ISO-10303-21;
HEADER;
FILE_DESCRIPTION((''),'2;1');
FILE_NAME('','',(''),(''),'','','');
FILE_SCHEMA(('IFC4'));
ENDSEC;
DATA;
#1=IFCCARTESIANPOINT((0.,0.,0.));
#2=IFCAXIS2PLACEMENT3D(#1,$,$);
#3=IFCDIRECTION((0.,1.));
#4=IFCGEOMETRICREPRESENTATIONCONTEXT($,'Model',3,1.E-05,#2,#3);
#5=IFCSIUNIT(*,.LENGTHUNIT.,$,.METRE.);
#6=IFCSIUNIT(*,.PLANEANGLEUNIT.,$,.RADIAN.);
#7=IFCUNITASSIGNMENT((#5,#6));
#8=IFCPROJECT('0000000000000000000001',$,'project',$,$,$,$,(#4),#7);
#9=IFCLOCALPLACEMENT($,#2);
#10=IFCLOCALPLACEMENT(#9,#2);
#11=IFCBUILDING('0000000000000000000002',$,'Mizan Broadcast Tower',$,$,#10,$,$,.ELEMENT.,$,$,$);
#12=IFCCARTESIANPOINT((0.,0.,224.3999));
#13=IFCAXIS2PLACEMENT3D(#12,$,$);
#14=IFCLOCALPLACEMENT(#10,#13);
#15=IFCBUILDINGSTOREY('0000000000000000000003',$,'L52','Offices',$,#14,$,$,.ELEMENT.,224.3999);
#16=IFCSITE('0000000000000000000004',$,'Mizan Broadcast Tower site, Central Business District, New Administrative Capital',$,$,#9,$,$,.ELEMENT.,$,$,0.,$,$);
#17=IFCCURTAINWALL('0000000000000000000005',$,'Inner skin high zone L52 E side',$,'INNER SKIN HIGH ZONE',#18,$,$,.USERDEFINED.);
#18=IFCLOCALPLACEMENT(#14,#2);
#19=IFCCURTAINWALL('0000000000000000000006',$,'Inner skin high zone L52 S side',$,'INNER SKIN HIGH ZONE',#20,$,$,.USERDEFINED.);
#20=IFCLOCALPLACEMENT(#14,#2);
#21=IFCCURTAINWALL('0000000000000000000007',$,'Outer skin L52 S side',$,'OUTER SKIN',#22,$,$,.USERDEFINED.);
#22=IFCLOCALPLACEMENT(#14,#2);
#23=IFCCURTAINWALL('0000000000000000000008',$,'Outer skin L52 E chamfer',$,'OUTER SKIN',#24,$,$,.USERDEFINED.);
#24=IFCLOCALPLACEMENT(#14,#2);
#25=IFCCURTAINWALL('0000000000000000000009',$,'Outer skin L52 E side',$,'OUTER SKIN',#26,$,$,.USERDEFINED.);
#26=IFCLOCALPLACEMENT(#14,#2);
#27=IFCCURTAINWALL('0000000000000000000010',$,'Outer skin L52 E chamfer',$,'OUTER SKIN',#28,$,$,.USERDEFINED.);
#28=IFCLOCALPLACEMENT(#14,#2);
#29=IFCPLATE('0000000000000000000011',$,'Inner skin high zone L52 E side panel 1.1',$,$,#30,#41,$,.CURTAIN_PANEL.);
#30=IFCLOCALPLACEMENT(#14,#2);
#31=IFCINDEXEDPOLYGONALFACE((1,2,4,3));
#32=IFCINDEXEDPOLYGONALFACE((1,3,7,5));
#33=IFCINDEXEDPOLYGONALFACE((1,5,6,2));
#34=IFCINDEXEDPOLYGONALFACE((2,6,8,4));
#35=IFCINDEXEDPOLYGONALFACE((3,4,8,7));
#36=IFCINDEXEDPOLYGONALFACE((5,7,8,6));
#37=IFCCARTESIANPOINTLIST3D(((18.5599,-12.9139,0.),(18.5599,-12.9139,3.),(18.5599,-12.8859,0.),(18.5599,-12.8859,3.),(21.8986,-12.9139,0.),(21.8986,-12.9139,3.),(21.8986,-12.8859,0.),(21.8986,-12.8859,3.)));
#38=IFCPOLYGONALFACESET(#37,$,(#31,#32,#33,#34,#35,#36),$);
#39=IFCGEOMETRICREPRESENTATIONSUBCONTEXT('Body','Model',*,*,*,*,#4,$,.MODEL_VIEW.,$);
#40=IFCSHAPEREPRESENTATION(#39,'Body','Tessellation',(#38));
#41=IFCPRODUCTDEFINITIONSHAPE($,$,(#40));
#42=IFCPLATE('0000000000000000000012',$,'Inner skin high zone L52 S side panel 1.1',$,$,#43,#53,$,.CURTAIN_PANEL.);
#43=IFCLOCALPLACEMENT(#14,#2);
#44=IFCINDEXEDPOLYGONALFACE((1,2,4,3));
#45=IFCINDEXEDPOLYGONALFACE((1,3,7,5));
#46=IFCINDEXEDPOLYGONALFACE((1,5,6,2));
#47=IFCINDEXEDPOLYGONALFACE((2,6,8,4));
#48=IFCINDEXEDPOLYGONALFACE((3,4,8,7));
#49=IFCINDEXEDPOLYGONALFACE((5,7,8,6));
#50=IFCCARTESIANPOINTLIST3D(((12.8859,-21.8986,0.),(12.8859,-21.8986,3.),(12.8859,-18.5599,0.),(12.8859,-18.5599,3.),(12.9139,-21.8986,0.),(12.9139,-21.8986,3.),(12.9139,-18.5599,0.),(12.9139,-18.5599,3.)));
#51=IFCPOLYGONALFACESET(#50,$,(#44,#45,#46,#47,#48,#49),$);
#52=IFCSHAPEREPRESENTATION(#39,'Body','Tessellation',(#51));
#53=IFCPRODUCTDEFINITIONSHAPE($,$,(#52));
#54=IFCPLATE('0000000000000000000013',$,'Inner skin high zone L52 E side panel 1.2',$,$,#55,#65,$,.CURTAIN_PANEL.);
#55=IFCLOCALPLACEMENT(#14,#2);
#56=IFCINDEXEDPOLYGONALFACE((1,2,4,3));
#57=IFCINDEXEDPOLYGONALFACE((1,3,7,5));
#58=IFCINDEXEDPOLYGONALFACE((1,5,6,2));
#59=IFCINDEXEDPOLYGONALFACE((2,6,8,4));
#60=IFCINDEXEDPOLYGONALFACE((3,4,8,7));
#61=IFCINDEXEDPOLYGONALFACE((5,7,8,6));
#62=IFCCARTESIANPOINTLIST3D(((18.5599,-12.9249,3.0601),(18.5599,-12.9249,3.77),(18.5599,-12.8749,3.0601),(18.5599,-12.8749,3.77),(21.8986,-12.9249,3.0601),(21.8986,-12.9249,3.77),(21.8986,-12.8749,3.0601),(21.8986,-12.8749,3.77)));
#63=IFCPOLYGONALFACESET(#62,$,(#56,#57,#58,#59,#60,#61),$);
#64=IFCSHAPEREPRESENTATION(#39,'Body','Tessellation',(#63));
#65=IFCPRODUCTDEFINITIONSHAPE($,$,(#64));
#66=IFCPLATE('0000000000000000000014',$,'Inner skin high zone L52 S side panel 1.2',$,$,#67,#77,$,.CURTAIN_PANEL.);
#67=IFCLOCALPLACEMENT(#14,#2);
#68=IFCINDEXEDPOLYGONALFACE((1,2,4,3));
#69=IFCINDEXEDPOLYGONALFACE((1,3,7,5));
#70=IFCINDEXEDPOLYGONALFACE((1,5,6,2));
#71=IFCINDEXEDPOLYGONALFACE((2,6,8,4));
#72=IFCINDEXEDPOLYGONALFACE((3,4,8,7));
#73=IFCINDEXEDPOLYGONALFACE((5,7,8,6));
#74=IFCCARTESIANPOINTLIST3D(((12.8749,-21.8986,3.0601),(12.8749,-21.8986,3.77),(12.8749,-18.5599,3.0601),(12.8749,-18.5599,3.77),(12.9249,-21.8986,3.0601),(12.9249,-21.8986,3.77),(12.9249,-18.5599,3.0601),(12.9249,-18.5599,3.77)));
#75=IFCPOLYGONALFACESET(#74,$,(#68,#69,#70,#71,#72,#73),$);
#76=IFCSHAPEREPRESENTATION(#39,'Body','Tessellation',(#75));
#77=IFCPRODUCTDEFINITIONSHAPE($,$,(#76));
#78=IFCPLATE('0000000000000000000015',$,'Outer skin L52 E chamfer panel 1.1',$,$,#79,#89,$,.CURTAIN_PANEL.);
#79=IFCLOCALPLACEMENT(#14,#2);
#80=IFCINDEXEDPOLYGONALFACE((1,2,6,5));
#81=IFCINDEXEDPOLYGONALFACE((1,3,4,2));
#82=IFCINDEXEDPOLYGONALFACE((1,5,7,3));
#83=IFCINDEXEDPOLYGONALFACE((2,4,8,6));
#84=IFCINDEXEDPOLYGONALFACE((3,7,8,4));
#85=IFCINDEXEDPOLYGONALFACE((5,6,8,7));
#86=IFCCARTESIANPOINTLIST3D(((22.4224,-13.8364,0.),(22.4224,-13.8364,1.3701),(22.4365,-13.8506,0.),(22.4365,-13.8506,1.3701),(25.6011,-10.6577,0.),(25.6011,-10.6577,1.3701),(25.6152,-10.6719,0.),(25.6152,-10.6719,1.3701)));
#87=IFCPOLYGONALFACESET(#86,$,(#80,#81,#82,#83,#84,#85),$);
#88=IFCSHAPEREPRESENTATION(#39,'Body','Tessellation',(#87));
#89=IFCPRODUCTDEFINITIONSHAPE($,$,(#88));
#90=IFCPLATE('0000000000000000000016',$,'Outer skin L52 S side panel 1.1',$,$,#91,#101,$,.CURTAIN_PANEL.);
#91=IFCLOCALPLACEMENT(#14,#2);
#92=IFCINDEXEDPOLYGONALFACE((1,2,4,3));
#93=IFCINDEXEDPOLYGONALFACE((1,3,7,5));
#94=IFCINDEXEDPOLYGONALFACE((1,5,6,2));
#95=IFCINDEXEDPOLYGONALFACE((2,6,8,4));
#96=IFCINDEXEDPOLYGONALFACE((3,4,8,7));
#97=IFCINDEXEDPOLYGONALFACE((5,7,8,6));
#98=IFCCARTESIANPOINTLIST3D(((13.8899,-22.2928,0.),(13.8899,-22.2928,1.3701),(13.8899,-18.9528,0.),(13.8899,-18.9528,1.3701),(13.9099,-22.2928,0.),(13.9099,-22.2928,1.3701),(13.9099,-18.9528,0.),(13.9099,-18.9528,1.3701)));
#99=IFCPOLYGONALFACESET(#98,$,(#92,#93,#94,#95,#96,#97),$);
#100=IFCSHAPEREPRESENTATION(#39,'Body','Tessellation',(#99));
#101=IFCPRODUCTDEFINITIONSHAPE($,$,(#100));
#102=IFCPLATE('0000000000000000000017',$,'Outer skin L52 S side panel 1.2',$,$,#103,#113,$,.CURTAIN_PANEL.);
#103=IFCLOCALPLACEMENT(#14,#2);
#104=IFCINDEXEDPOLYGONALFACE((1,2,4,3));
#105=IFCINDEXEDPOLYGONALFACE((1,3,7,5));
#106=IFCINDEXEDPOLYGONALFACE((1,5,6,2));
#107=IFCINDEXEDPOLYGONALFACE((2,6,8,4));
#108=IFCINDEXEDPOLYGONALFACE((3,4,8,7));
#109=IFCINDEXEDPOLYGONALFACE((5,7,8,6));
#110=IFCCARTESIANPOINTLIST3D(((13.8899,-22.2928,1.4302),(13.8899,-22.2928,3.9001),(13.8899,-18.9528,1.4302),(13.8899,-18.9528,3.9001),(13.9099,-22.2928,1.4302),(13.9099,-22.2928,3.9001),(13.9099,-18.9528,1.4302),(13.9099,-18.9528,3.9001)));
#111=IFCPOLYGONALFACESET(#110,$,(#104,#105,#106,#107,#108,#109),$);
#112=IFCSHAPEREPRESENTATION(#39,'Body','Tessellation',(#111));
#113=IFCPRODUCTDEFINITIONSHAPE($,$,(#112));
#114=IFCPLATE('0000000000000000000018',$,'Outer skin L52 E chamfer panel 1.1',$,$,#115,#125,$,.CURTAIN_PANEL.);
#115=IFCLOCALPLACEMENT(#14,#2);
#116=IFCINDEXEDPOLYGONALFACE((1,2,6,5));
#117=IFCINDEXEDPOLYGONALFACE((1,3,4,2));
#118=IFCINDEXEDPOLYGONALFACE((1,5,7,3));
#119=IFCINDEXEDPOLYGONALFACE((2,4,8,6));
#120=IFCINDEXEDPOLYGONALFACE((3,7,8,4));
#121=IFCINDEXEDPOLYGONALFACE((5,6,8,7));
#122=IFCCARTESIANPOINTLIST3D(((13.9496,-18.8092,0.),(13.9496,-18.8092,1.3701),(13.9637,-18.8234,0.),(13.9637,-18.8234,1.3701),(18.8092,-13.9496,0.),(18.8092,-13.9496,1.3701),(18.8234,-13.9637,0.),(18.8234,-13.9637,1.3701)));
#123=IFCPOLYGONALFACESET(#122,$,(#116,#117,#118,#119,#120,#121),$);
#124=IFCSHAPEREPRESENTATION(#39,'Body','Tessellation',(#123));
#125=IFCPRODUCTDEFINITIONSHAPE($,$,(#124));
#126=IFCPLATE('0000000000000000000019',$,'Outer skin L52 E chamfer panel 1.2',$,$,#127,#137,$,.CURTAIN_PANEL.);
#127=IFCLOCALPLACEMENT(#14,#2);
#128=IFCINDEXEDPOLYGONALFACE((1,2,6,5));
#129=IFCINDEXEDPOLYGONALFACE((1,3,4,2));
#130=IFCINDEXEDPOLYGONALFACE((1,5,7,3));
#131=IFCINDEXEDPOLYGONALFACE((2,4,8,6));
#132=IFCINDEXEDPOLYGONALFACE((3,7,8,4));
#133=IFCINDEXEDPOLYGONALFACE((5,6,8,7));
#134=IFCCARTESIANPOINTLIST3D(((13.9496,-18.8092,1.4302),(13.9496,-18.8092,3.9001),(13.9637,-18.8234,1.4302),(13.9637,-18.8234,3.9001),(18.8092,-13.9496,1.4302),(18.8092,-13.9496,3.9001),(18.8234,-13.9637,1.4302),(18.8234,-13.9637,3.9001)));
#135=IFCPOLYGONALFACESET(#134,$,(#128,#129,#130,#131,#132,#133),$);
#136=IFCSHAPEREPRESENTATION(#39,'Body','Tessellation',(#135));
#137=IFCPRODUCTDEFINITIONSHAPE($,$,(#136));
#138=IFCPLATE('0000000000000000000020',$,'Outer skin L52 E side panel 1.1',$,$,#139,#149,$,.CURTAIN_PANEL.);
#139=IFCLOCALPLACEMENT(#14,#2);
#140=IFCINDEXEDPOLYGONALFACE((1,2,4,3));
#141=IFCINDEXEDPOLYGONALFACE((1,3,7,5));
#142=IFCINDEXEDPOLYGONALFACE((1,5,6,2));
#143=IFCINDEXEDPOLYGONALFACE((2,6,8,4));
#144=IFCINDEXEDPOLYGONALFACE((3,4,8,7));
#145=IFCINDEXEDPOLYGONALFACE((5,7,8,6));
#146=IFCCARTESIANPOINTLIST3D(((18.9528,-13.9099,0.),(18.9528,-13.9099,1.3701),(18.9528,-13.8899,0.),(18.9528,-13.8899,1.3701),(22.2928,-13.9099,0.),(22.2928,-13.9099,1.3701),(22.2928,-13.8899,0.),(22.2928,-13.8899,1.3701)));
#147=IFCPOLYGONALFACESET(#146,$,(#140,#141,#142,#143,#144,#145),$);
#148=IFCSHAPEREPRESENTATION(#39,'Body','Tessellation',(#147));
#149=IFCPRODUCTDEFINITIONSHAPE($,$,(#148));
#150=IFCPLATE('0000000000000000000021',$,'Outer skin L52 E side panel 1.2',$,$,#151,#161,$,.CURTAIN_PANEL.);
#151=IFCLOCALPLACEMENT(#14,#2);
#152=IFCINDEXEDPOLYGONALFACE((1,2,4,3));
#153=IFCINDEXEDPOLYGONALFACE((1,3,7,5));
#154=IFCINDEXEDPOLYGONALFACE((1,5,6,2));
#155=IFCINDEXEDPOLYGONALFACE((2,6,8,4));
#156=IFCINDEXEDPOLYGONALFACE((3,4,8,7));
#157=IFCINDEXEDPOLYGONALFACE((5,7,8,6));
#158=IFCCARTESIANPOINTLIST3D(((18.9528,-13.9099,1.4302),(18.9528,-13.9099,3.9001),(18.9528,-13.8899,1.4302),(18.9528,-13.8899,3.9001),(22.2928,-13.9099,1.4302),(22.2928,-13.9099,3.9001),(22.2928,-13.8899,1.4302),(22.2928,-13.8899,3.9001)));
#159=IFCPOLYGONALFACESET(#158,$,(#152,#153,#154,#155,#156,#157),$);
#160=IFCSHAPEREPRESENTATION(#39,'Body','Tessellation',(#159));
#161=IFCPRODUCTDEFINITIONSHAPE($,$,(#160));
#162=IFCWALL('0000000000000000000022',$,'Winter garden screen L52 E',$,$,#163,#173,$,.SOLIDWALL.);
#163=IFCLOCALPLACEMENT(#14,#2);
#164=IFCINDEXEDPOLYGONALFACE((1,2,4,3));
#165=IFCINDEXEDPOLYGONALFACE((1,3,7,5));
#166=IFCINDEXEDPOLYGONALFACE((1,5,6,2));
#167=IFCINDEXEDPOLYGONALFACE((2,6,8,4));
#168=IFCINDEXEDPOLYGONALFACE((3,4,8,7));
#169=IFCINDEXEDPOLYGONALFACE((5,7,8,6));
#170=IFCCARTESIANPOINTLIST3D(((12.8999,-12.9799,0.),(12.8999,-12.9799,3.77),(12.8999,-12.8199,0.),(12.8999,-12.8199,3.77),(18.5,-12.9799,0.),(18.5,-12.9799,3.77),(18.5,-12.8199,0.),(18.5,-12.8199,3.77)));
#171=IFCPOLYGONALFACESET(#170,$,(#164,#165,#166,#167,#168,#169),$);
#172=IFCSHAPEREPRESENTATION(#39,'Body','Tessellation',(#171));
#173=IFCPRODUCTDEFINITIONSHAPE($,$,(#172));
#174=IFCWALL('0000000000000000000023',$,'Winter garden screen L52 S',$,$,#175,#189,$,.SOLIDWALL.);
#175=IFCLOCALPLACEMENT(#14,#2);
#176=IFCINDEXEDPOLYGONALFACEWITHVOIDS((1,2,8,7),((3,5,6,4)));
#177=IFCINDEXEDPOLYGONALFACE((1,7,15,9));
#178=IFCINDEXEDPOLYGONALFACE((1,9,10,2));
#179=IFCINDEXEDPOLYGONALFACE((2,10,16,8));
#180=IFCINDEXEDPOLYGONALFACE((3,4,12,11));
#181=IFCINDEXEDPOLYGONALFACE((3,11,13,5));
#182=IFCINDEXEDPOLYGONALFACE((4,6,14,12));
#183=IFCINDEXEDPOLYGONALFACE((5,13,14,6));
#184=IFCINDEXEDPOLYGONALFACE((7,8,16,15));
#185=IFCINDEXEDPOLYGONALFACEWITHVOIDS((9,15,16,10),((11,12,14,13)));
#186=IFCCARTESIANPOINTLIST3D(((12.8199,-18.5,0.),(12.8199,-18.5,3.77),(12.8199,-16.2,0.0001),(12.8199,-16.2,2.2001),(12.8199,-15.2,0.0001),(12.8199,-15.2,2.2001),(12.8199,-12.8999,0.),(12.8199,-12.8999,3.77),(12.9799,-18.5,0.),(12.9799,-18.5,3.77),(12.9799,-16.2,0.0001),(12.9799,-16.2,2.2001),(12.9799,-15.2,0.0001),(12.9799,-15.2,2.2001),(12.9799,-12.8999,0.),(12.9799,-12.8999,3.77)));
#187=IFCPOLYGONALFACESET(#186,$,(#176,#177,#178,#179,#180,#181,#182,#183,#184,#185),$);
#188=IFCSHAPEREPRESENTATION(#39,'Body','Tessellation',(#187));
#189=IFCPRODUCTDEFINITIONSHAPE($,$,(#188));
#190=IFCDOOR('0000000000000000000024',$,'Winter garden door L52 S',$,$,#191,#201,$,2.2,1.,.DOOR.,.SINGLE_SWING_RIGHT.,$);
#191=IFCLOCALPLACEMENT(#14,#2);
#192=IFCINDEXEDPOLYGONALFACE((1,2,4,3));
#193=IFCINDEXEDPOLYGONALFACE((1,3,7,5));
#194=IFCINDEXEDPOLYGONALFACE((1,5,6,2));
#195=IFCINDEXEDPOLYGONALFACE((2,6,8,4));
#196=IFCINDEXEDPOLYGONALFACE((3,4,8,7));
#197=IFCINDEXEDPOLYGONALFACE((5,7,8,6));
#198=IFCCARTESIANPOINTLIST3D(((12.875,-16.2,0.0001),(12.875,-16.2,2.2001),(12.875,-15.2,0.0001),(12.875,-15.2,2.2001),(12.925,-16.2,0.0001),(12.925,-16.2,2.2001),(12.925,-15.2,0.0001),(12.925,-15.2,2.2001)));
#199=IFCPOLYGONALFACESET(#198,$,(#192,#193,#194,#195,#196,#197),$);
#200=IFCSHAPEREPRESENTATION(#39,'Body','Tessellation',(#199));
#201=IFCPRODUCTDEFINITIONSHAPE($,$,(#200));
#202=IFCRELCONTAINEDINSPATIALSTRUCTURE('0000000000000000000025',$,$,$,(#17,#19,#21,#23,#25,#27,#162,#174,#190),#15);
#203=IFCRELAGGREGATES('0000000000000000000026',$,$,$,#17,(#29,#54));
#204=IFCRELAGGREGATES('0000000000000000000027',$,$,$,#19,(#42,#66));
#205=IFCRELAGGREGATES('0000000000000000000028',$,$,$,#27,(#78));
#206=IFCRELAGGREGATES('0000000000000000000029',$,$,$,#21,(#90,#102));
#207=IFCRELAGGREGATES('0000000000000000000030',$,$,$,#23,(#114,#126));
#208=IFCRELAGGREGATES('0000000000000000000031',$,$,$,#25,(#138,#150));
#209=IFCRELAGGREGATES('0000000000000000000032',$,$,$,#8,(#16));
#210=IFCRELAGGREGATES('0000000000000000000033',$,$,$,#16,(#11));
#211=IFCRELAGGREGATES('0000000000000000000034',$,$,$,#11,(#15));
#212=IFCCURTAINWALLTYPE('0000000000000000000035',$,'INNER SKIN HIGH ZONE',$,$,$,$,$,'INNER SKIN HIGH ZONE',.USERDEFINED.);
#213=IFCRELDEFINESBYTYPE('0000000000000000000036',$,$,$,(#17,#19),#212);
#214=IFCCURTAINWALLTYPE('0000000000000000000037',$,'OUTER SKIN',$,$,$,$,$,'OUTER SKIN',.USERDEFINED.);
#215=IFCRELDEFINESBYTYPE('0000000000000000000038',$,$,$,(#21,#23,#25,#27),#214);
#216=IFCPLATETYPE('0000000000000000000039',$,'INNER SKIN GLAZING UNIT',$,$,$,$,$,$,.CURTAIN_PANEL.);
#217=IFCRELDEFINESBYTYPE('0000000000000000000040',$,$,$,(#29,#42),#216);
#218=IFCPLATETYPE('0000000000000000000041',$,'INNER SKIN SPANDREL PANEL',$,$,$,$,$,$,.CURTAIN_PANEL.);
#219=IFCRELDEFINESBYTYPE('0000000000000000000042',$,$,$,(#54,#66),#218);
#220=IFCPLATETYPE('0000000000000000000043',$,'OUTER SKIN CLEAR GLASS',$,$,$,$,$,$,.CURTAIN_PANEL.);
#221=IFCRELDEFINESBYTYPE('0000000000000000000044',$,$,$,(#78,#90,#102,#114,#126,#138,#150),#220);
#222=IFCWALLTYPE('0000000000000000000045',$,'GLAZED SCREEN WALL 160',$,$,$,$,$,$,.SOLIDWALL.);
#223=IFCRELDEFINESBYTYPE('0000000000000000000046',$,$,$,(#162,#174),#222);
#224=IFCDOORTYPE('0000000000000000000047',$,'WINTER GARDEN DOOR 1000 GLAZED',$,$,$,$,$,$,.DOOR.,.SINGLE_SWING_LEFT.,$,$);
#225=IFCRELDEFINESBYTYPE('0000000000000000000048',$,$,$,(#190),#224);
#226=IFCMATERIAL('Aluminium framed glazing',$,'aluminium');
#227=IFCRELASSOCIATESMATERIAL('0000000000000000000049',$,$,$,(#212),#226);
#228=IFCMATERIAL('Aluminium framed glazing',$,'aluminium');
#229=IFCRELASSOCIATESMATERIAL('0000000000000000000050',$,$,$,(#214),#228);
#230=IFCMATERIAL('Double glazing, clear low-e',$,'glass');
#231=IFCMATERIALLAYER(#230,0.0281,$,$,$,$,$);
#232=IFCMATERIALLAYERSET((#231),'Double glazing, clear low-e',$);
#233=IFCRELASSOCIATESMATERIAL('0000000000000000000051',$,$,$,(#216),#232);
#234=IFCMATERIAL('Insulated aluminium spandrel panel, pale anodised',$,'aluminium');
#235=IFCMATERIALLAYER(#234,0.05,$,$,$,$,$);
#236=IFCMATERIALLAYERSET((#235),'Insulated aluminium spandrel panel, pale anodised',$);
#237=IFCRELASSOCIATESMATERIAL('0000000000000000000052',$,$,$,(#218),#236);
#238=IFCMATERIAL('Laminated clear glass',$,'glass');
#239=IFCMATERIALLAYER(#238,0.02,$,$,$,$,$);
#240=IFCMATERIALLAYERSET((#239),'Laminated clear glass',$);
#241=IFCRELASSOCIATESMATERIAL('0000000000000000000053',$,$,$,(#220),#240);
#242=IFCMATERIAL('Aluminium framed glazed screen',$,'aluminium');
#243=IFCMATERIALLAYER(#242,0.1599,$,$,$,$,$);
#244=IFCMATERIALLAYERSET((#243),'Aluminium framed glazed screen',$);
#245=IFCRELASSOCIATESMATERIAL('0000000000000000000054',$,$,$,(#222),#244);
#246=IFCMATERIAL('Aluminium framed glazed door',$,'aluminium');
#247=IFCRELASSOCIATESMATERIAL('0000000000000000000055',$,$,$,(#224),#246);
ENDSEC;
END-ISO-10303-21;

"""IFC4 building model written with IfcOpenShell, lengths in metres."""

from ifc_helpers import new_model, si_unit, direction, frame, frame_2d, origin, origin_2d, place, context, subcontext, project, spatial, rectangle, extrude, material, layer, layer_set, type_object, element, fill, aggregate, save


model = new_model("IFC4")

# Units and contexts
model_context = context("Model", 3, precision=1e-05, world=origin(), true_north=direction((0.0, 1.0)))
body_context = subcontext(model_context, "Body", "Model", "MODEL_VIEW")
ifc_project = project(units=[si_unit("LENGTHUNIT", "METRE"), si_unit("PLANEANGLEUNIT", "RADIAN")], contexts=[model_context])

# Site, building, storey
site_placement = place(None, origin())
site = spatial("IfcSite", under=ifc_project, at=site_placement, Name="Mizan Broadcast Tower site, Central Business District, New Administrative Capital", CompositionType="ELEMENT", RefElevation=0.0)
building_placement = place(site_placement, origin())
building = spatial("IfcBuilding", under=site, at=building_placement, Name="Mizan Broadcast Tower", CompositionType="ELEMENT")
storey_placement = place(building_placement, frame((0.0, 0.0, 224.3999)))
storey = spatial("IfcBuildingStorey", under=building, at=storey_placement, Name="L52", Description="Offices", CompositionType="ELEMENT", Elevation=224.3999)

# Curtain walls
ifc_material_1 = material(Name="Aluminium framed glazing", Category="aluminium")
curtain_wall_type_1 = type_object("IfcCurtainWallType", Name="INNER SKIN HIGH ZONE", ElementType="INNER SKIN HIGH ZONE", PredefinedType="USERDEFINED", material=ifc_material_1)
curtain_wall_1_placement = place(storey_placement, origin())
curtain_wall_1 = element("IfcCurtainWall", 1, at=curtain_wall_1_placement, inside=storey, type_object=curtain_wall_type_1, Name="Inner skin high zone L52 E side", ObjectType="INNER SKIN HIGH ZONE", PredefinedType="USERDEFINED")
curtain_wall_2_placement = place(storey_placement, origin())
curtain_wall_2 = element("IfcCurtainWall", 2, at=curtain_wall_2_placement, inside=storey, type_object=curtain_wall_type_1, Name="Inner skin high zone L52 S side", ObjectType="INNER SKIN HIGH ZONE", PredefinedType="USERDEFINED")

# Curtain walls
ifc_material_2 = material(Name="Aluminium framed glazing", Category="aluminium")
curtain_wall_type_2 = type_object("IfcCurtainWallType", Name="OUTER SKIN", ElementType="OUTER SKIN", PredefinedType="USERDEFINED", material=ifc_material_2)
curtain_wall_3_placement = place(storey_placement, origin())
curtain_wall_3 = element("IfcCurtainWall", 3, at=curtain_wall_3_placement, inside=storey, type_object=curtain_wall_type_2, Name="Outer skin L52 S side", ObjectType="OUTER SKIN", PredefinedType="USERDEFINED")
curtain_wall_4_placement = place(storey_placement, origin())
curtain_wall_4 = element("IfcCurtainWall", 4, at=curtain_wall_4_placement, inside=storey, type_object=curtain_wall_type_2, Name="Outer skin L52 E chamfer", ObjectType="OUTER SKIN", PredefinedType="USERDEFINED")
curtain_wall_5_placement = place(storey_placement, origin())
curtain_wall_5 = element("IfcCurtainWall", 5, at=curtain_wall_5_placement, inside=storey, type_object=curtain_wall_type_2, Name="Outer skin L52 E side", ObjectType="OUTER SKIN", PredefinedType="USERDEFINED")
curtain_wall_6_placement = place(storey_placement, origin())
curtain_wall_6 = element("IfcCurtainWall", 6, at=curtain_wall_6_placement, inside=storey, type_object=curtain_wall_type_2, Name="Outer skin L52 E chamfer", ObjectType="OUTER SKIN", PredefinedType="USERDEFINED")

# Plates
ifc_material_3 = material(Name="Double glazing, clear low-e", Category="glass")
ifc_layer_1 = layer(ifc_material_3, 0.0281)
ifc_layer_set_1 = layer_set([ifc_layer_1], Name="Double glazing, clear low-e")
plate_type_1 = type_object("IfcPlateType", Name="INNER SKIN GLAZING UNIT", PredefinedType="CURTAIN_PANEL", material=ifc_layer_set_1)
plate_1_placement = place(storey_placement, frame((20.2292, -12.8999, 0.0), z_axis=(0.0, 0.0, 1.0), x_axis=(1.0, 0.0, 0.0)))
plate_1 = element("IfcPlate", 7, at=plate_1_placement, type_object=plate_type_1, Name="Inner skin high zone L52 E side panel 1.1", PredefinedType="CURTAIN_PANEL", context=body_context, shape_type="SweptSolid", body=[
    extrude(rectangle(XDim=3.3386, YDim=0.0281, at=origin_2d()), origin(), (0.0, 0.0, 1.0), 3.0),
])
plate_2_placement = place(storey_placement, frame((12.8999, -20.2292, 0.0), z_axis=(0.0, 0.0, 1.0), x_axis=(0.0, 1.0, 0.0)))
plate_2 = element("IfcPlate", 8, at=plate_2_placement, type_object=plate_type_1, Name="Inner skin high zone L52 S side panel 1.1", PredefinedType="CURTAIN_PANEL", context=body_context, shape_type="SweptSolid", body=[
    extrude(rectangle(XDim=3.3386, YDim=0.0281, at=origin_2d()), origin(), (0.0, 0.0, 1.0), 3.0),
])
ifc_material_4 = material(Name="Insulated aluminium spandrel panel, pale anodised", Category="aluminium")
ifc_layer_2 = layer(ifc_material_4, 0.05)
ifc_layer_set_2 = layer_set([ifc_layer_2], Name="Insulated aluminium spandrel panel, pale anodised")
plate_type_2 = type_object("IfcPlateType", Name="INNER SKIN SPANDREL PANEL", PredefinedType="CURTAIN_PANEL", material=ifc_layer_set_2)
plate_3_placement = place(storey_placement, frame((20.2292, -12.8999, 3.0601), z_axis=(0.0, 0.0, 1.0), x_axis=(1.0, 0.0, 0.0)))
plate_3 = element("IfcPlate", 9, at=plate_3_placement, type_object=plate_type_2, Name="Inner skin high zone L52 E side panel 1.2", PredefinedType="CURTAIN_PANEL", context=body_context, shape_type="SweptSolid", body=[
    extrude(rectangle(XDim=3.3386, YDim=0.05, at=origin_2d()), origin(), (0.0, 0.0, 1.0), 0.71),
])
aggregate(curtain_wall_1, [plate_1, plate_3])
plate_4_placement = place(storey_placement, frame((12.8999, -20.2292, 3.0601), z_axis=(0.0, 0.0, 1.0), x_axis=(0.0, 1.0, 0.0)))
plate_4 = element("IfcPlate", 10, at=plate_4_placement, type_object=plate_type_2, Name="Inner skin high zone L52 S side panel 1.2", PredefinedType="CURTAIN_PANEL", context=body_context, shape_type="SweptSolid", body=[
    extrude(rectangle(XDim=3.3386, YDim=0.05, at=origin_2d()), origin(), (0.0, 0.0, 1.0), 0.71),
])
aggregate(curtain_wall_2, [plate_2, plate_4])
ifc_material_5 = material(Name="Laminated clear glass", Category="glass")
ifc_layer_3 = layer(ifc_material_5, 0.02)
ifc_layer_set_3 = layer_set([ifc_layer_3], Name="Laminated clear glass")
plate_type_3 = type_object("IfcPlateType", Name="OUTER SKIN CLEAR GLASS", PredefinedType="CURTAIN_PANEL", material=ifc_layer_set_3)
plate_5_placement = place(storey_placement, frame((24.0188, -12.2542, 0.0), z_axis=(0.0, 0.0, 1.0), x_axis=(0.707107, 0.707107, 0.0)))
plate_5 = element("IfcPlate", 11, at=plate_5_placement, type_object=plate_type_3, Name="Outer skin L52 E chamfer panel 1.1", PredefinedType="CURTAIN_PANEL", context=body_context, shape_type="SweptSolid", body=[
    extrude(rectangle(XDim=4.4954, YDim=0.02, at=origin_2d()), origin(), (0.0, 0.0, 1.0), 1.3701),
])
aggregate(curtain_wall_6, [plate_5])
plate_6_placement = place(storey_placement, frame((13.8999, -20.6228, 0.0), z_axis=(0.0, 0.0, 1.0), x_axis=(0.0, 1.0, 0.0)))
plate_6 = element("IfcPlate", 12, at=plate_6_placement, type_object=plate_type_3, Name="Outer skin L52 S side panel 1.1", PredefinedType="CURTAIN_PANEL", context=body_context, shape_type="SweptSolid", body=[
    extrude(rectangle(XDim=3.3401, YDim=0.02, at=origin_2d()), origin(), (0.0, 0.0, 1.0), 1.3701),
])
plate_7_placement = place(storey_placement, frame((13.8999, -20.6228, 1.4302), z_axis=(0.0, 0.0, 1.0), x_axis=(0.0, 1.0, 0.0)))
plate_7 = element("IfcPlate", 13, at=plate_7_placement, type_object=plate_type_3, Name="Outer skin L52 S side panel 1.2", PredefinedType="CURTAIN_PANEL", context=body_context, shape_type="SweptSolid", body=[
    extrude(rectangle(XDim=3.3401, YDim=0.02, at=origin_2d()), origin(), (0.0, 0.0, 1.0), 2.47),
])
aggregate(curtain_wall_3, [plate_6, plate_7])
plate_8_placement = place(storey_placement, frame((16.3865, -16.3865, 0.0), z_axis=(0.0, 0.0, 1.0), x_axis=(0.707107, 0.707107, 0.0)))
plate_8 = element("IfcPlate", 14, at=plate_8_placement, type_object=plate_type_3, Name="Outer skin L52 E chamfer panel 1.1", PredefinedType="CURTAIN_PANEL", context=body_context, shape_type="SweptSolid", body=[
    extrude(rectangle(XDim=6.8726, YDim=0.02, at=origin_2d()), origin(), (0.0, 0.0, 1.0), 1.3701),
])
plate_9_placement = place(storey_placement, frame((16.3865, -16.3865, 1.4302), z_axis=(0.0, 0.0, 1.0), x_axis=(0.707107, 0.707107, 0.0)))
plate_9 = element("IfcPlate", 15, at=plate_9_placement, type_object=plate_type_3, Name="Outer skin L52 E chamfer panel 1.2", PredefinedType="CURTAIN_PANEL", context=body_context, shape_type="SweptSolid", body=[
    extrude(rectangle(XDim=6.8726, YDim=0.02, at=origin_2d()), origin(), (0.0, 0.0, 1.0), 2.47),
])
aggregate(curtain_wall_4, [plate_8, plate_9])
plate_10_placement = place(storey_placement, frame((20.6228, -13.8999, 0.0), z_axis=(0.0, 0.0, 1.0), x_axis=(1.0, 0.0, 0.0)))
plate_10 = element("IfcPlate", 16, at=plate_10_placement, type_object=plate_type_3, Name="Outer skin L52 E side panel 1.1", PredefinedType="CURTAIN_PANEL", context=body_context, shape_type="SweptSolid", body=[
    extrude(rectangle(XDim=3.3401, YDim=0.02, at=origin_2d()), origin(), (0.0, 0.0, 1.0), 1.3701),
])
plate_11_placement = place(storey_placement, frame((20.6228, -13.8999, 1.4302), z_axis=(0.0, 0.0, 1.0), x_axis=(1.0, 0.0, 0.0)))
plate_11 = element("IfcPlate", 17, at=plate_11_placement, type_object=plate_type_3, Name="Outer skin L52 E side panel 1.2", PredefinedType="CURTAIN_PANEL", context=body_context, shape_type="SweptSolid", body=[
    extrude(rectangle(XDim=3.3401, YDim=0.02, at=origin_2d()), origin(), (0.0, 0.0, 1.0), 2.47),
])
aggregate(curtain_wall_5, [plate_10, plate_11])

# Wall
ifc_material_6 = material(Name="Aluminium framed glazed screen", Category="aluminium")
ifc_layer_4 = layer(ifc_material_6, 0.1599)
ifc_layer_set_4 = layer_set([ifc_layer_4], Name="Aluminium framed glazed screen")
wall_type = type_object("IfcWallType", Name="GLAZED SCREEN WALL 160", PredefinedType="SOLIDWALL", material=ifc_layer_set_4)
wall_1_placement = place(storey_placement, frame((12.8999, -12.8999, 0.0), z_axis=(0.0, 0.0, 1.0), x_axis=(1.0, 0.0, 0.0)))
element("IfcWall", 18, at=wall_1_placement, inside=storey, type_object=wall_type, Name="Winter garden screen L52 E", PredefinedType="SOLIDWALL", context=body_context, shape_type="SweptSolid", body=[
    extrude(rectangle(XDim=5.6001, YDim=0.1599, at=frame_2d((2.8, 0.0))), origin(), (0.0, 0.0, 1.0), 3.77),
])

# Wall, opening, door
wall_2_placement = place(storey_placement, frame((12.8999, -18.5, 0.0), z_axis=(0.0, 0.0, 1.0), x_axis=(0.0, 1.0, 0.0)))
wall_2 = element("IfcWall", 19, at=wall_2_placement, inside=storey, type_object=wall_type, Name="Winter garden screen L52 S", PredefinedType="SOLIDWALL", context=body_context, shape_type="SweptSolid", body=[
    extrude(rectangle(XDim=5.6001, YDim=0.1599, at=frame_2d((2.8, 0.0))), origin(), (0.0, 0.0, 1.0), 3.77),
])
opening_placement = place(wall_2_placement, frame((2.3, 0.0, 0.0)))
opening = element("IfcOpeningElement", 20, at=opening_placement, cuts=wall_2, PredefinedType="OPENING", context=body_context, shape_type="SweptSolid", body=[
    extrude(rectangle(XDim=1.0, YDim=2.2, at=frame_2d((0.5, 1.1001))), frame((0.0, 0.0898, 0.0), z_axis=(0.0, -1.0, 0.0), x_axis=(1.0, 0.0, 0.0)), (0.0, 0.0, 1.0), 0.1799),
])
ifc_material_7 = material(Name="Aluminium framed glazed door", Category="aluminium")
door_type = type_object("IfcDoorType", Name="WINTER GARDEN DOOR 1000 GLAZED", OperationType="SINGLE_SWING_LEFT", PredefinedType="DOOR", material=ifc_material_7)
door_placement = place(opening_placement, origin())
door = element("IfcDoor", 21, at=door_placement, inside=storey, type_object=door_type, Name="Winter garden door L52 S", OperationType="SINGLE_SWING_RIGHT", OverallHeight=2.2, OverallWidth=1.0, PredefinedType="DOOR", context=body_context, shape_type="SweptSolid", body=[
    extrude(rectangle(XDim=1.0, YDim=2.2, at=frame_2d((0.5, 1.1001))), frame((0.0, 0.0249, 0.0), z_axis=(0.0, -1.0, 0.0), x_axis=(1.0, 0.0, 0.0)), (0.0, 0.0, 1.0), 0.05),
])
fill(opening, door)

save(model, "model.ifc")
